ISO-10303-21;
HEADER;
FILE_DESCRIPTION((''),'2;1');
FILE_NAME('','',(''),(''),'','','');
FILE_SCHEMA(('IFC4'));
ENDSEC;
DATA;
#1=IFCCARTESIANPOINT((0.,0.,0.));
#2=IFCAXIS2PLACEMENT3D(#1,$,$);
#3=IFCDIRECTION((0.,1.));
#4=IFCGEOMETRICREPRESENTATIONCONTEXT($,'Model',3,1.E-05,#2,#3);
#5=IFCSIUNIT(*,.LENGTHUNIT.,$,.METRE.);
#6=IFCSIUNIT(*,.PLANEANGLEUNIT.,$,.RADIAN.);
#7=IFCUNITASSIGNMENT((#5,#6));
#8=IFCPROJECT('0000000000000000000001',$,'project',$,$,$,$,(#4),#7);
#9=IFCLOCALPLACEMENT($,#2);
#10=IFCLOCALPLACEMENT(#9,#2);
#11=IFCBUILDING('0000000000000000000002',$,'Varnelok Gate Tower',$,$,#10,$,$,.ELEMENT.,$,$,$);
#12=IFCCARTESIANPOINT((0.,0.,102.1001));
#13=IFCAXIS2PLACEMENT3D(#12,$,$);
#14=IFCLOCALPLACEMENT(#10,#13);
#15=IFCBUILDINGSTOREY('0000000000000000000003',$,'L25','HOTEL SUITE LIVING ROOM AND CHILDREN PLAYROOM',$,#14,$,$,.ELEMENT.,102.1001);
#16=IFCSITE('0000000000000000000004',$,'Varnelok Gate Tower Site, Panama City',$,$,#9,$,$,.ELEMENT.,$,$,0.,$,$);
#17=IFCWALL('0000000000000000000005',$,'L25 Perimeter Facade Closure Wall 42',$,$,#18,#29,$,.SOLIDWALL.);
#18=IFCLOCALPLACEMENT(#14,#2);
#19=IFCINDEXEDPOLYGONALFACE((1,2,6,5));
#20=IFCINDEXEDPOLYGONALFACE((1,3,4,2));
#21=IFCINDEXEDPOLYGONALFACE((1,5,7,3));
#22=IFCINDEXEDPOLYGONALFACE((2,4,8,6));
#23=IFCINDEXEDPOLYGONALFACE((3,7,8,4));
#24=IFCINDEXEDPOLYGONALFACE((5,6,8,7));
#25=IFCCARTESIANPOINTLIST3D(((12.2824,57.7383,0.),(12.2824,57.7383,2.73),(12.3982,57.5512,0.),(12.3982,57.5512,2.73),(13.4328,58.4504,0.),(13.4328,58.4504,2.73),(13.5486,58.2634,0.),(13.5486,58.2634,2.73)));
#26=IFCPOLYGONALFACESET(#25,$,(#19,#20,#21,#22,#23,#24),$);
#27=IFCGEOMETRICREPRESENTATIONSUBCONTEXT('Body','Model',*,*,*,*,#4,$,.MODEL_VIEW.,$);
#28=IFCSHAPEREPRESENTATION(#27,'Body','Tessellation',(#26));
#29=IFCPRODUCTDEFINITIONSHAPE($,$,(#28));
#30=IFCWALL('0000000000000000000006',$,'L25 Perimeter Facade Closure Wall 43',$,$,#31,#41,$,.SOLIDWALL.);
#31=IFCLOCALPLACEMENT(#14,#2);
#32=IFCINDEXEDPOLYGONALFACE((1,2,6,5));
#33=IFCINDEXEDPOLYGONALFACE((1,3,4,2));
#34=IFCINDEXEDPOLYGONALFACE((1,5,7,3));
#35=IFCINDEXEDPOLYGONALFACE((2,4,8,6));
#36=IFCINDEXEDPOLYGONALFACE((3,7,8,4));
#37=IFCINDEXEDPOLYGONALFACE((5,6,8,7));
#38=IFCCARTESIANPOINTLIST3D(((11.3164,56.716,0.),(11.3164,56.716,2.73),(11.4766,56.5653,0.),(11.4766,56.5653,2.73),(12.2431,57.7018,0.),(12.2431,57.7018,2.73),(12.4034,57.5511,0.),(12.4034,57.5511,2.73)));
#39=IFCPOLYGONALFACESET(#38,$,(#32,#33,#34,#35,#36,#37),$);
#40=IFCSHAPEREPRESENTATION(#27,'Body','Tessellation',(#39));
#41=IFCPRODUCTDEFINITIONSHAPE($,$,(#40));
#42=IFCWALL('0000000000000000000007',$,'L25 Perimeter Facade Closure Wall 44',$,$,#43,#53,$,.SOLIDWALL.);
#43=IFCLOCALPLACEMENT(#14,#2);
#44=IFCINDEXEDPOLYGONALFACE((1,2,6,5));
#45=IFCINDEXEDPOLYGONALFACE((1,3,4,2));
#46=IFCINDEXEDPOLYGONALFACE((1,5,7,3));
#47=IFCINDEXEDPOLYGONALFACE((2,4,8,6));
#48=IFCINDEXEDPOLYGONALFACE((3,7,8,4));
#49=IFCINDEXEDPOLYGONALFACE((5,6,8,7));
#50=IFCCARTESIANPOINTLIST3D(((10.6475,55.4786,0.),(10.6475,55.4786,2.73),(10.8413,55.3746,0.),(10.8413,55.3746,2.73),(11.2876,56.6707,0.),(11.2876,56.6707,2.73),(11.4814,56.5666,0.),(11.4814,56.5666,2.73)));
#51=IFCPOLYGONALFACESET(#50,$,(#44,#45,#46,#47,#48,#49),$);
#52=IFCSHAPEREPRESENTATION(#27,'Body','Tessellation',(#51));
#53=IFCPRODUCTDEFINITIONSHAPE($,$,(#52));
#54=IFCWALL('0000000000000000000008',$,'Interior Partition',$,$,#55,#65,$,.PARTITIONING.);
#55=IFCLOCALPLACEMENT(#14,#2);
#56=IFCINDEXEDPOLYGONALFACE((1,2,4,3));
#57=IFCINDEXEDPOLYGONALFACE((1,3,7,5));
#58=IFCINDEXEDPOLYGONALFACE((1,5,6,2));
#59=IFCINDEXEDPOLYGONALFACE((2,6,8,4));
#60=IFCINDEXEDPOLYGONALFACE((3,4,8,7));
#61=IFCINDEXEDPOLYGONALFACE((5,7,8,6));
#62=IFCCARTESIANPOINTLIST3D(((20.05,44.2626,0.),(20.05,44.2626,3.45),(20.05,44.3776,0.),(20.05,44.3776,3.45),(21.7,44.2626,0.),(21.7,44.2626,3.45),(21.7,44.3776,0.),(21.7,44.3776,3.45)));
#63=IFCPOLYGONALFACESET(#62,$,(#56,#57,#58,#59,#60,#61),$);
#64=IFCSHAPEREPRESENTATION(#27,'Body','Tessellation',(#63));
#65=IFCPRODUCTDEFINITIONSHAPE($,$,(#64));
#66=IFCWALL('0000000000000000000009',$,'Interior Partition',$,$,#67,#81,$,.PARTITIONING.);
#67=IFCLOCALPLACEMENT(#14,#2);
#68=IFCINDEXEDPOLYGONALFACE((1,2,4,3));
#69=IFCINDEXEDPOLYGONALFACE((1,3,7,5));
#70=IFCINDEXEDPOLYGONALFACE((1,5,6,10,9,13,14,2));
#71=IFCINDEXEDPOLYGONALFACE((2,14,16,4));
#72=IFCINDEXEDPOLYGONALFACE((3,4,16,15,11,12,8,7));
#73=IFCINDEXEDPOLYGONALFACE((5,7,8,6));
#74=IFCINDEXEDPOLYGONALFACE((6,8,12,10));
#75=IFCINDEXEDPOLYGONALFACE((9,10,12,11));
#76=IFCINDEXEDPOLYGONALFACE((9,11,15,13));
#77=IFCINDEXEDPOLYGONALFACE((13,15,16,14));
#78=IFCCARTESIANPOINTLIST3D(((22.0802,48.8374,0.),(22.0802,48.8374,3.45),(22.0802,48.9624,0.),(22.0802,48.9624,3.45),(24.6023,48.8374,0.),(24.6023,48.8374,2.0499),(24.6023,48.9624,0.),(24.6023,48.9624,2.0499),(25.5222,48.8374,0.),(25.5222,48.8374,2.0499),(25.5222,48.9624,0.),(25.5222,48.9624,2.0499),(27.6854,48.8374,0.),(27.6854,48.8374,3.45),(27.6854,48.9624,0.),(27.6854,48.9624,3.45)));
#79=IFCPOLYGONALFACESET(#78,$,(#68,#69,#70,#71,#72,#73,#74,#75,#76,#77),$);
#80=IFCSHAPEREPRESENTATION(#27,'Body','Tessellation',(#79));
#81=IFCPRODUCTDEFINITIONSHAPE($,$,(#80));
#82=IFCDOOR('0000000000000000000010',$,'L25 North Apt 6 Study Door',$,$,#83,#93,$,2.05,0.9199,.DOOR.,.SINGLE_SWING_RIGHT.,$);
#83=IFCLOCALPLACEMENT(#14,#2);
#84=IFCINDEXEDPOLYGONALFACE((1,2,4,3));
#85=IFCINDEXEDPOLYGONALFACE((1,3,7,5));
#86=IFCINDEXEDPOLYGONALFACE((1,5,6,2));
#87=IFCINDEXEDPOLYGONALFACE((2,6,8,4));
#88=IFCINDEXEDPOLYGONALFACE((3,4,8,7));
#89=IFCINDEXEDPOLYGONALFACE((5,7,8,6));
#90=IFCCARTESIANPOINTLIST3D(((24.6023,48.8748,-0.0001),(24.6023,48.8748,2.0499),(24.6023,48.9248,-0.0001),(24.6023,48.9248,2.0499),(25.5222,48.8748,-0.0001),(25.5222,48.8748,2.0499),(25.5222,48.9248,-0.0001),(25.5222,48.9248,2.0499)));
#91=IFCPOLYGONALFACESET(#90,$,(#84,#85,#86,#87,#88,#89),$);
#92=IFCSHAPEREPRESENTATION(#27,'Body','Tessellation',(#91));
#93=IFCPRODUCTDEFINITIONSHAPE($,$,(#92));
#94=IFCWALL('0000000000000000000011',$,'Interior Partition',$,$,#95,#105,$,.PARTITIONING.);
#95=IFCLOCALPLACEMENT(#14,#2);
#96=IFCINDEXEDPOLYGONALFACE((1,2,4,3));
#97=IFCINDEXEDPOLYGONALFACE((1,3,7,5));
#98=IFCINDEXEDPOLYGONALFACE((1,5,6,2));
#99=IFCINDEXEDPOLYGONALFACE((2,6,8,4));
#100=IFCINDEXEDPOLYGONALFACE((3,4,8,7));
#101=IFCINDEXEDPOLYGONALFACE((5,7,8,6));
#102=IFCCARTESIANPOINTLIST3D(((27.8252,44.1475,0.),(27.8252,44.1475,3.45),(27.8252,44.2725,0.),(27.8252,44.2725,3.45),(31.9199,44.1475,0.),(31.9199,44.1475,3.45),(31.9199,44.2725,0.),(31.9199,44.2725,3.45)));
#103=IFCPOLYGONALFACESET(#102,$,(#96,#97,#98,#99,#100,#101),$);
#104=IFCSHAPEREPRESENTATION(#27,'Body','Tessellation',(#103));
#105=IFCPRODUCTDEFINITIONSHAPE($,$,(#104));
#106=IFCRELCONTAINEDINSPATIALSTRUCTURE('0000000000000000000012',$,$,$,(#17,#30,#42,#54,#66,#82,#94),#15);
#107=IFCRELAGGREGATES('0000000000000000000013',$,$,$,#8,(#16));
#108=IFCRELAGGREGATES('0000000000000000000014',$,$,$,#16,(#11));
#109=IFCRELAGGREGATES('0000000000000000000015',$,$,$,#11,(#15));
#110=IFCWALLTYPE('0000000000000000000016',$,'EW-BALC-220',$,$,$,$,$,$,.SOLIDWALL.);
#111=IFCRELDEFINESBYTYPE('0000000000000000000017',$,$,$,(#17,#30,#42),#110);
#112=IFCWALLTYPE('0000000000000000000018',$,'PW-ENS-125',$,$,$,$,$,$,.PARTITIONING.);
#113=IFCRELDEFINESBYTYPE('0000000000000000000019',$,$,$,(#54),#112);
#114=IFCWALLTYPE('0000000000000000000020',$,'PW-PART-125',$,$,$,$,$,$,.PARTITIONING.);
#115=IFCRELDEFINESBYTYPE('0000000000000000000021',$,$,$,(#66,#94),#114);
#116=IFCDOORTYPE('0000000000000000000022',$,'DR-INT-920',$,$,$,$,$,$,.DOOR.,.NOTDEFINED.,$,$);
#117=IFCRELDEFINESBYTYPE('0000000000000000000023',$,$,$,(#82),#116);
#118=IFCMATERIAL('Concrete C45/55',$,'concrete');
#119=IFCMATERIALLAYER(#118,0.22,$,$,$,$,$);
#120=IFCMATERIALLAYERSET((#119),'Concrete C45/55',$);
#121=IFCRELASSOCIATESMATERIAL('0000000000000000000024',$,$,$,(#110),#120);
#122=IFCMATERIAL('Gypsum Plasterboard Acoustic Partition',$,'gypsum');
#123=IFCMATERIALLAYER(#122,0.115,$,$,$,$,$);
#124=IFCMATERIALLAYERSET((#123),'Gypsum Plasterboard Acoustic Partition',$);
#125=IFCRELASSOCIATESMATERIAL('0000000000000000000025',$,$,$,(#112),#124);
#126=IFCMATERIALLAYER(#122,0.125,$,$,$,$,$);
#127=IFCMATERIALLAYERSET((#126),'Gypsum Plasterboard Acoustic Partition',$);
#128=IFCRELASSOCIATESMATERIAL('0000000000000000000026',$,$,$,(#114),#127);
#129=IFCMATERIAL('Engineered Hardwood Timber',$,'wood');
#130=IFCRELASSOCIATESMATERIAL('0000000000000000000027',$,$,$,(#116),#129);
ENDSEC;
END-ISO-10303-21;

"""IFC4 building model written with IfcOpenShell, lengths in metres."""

from ifc_helpers import new_model, si_unit, direction, frame, frame_2d, origin, place, context, subcontext, project, spatial, rectangle, extrude, material, layer, layer_set, type_object, element, fill, save


model = new_model("IFC4")

# Units and contexts
model_context = context("Model", 3, precision=1e-05, world=origin(), true_north=direction((0.0, 1.0)))
body_context = subcontext(model_context, "Body", "Model", "MODEL_VIEW")
ifc_project = project(units=[si_unit("LENGTHUNIT", "METRE"), si_unit("PLANEANGLEUNIT", "RADIAN")], contexts=[model_context])

# Site, building, storey
site_placement = place(None, origin())
site = spatial("IfcSite", under=ifc_project, at=site_placement, Name="Varnelok Gate Tower Site, Panama City", CompositionType="ELEMENT", RefElevation=0.0)
building_placement = place(site_placement, origin())
building = spatial("IfcBuilding", under=site, at=building_placement, Name="Varnelok Gate Tower", CompositionType="ELEMENT")
storey_placement = place(building_placement, frame((0.0, 0.0, 102.1001)))
storey = spatial("IfcBuildingStorey", under=building, at=storey_placement, Name="L25", Description="HOTEL SUITE LIVING ROOM AND CHILDREN PLAYROOM", CompositionType="ELEMENT", Elevation=102.1001)

# Walls
ifc_material_1 = material(Name="Concrete C45/55", Category="concrete")
ifc_layer_1 = layer(ifc_material_1, 0.22)
ifc_layer_set_1 = layer_set([ifc_layer_1], Name="Concrete C45/55")
wall_type_1 = type_object("IfcWallType", Name="EW-BALC-220", PredefinedType="SOLIDWALL", material=ifc_layer_set_1)
for number, where, z_axis, x_axis, name in (
    (1, (13.4907, 58.3569, 0.0), (0.0, 0.0, 1.0), (-0.850261, -0.526361, 0.0), "L25 Perimeter Facade Closure Wall 42"),
    (2, (12.3232, 57.6265, 0.0), (0.0, 0.0, 1.0), (-0.684937, -0.728602, 0.0), "L25 Perimeter Facade Closure Wall 43"),
    (3, (11.3845, 56.6187, 0.0), (0.0, 0.0, 1.0), (-0.473077, -0.881021, 0.0), "L25 Perimeter Facade Closure Wall 44"),
):
    element("IfcWall", number, at=place(storey_placement, frame(where, z_axis=z_axis, x_axis=x_axis)), inside=storey, type_object=wall_type_1, Name=name, PredefinedType="SOLIDWALL", context=body_context, shape_type="SweptSolid", body=[
        extrude(rectangle(XDim=1.353, YDim=0.22, at=frame_2d((0.6765, 0.0))), origin(), (0.0, 0.0, 1.0), 2.73),
    ])
ifc_material_2 = material(Name="Gypsum Plasterboard Acoustic Partition", Category="gypsum")
ifc_layer_2 = layer(ifc_material_2, 0.115)
ifc_layer_set_2 = layer_set([ifc_layer_2], Name="Gypsum Plasterboard Acoustic Partition")
wall_type_2 = type_object("IfcWallType", Name="PW-ENS-125", PredefinedType="PARTITIONING", material=ifc_layer_set_2)
wall_1_placement = place(storey_placement, frame((20.05, 44.3201, 0.0), z_axis=(0.0, 0.0, 1.0), x_axis=(1.0, 0.0, 0.0)))
element("IfcWall", 4, at=wall_1_placement, inside=storey, type_object=wall_type_2, Name="Interior Partition", PredefinedType="PARTITIONING", context=body_context, shape_type="SweptSolid", body=[
    extrude(rectangle(XDim=1.6499, YDim=0.115, at=frame_2d((0.825, 0.0))), origin(), (0.0, 0.0, 1.0), 3.45),
])

# Wall, opening, door
ifc_layer_3 = layer(ifc_material_2, 0.125)
ifc_layer_set_3 = layer_set([ifc_layer_3], Name="Gypsum Plasterboard Acoustic Partition")
wall_type_3 = type_object("IfcWallType", Name="PW-PART-125", PredefinedType="PARTITIONING", material=ifc_layer_set_3)
wall_2_placement = place(storey_placement, frame((22.0801, 48.8999, 0.0), z_axis=(0.0, 0.0, 1.0), x_axis=(1.0, 0.0, 0.0)))
wall_2 = element("IfcWall", 5, at=wall_2_placement, inside=storey, type_object=wall_type_3, Name="Interior Partition", PredefinedType="PARTITIONING", context=body_context, shape_type="SweptSolid", body=[
    extrude(rectangle(XDim=5.6052, YDim=0.125, at=frame_2d((2.8027, 0.0))), origin(), (0.0, 0.0, 1.0), 3.45),
])
opening_placement = place(wall_2_placement, frame((2.5222, 0.0, 0.0)))
opening = element("IfcOpeningElement", 6, at=opening_placement, cuts=wall_2, PredefinedType="OPENING", context=body_context, shape_type="SweptSolid", body=[
    extrude(rectangle(XDim=0.9199, YDim=2.05, at=frame_2d((0.46, 1.0249))), frame((0.0, 0.0725, 0.0), z_axis=(0.0, -1.0, 0.0), x_axis=(1.0, 0.0, 0.0)), (0.0, 0.0, 1.0), 0.145),
])
ifc_material_3 = material(Name="Engineered Hardwood Timber", Category="wood")
door_type = type_object("IfcDoorType", Name="DR-INT-920", OperationType="NOTDEFINED", PredefinedType="DOOR", material=ifc_material_3)
door_placement = place(opening_placement, origin())
door = element("IfcDoor", 7, at=door_placement, inside=storey, type_object=door_type, Name="L25 North Apt 6 Study Door", OperationType="SINGLE_SWING_RIGHT", OverallHeight=2.05, OverallWidth=0.9199, PredefinedType="DOOR", context=body_context, shape_type="SweptSolid", body=[
    extrude(rectangle(XDim=0.9199, YDim=2.05, at=frame_2d((0.46, 1.0249))), frame((0.0, 0.0249, 0.0), z_axis=(0.0, -1.0, 0.0), x_axis=(1.0, 0.0, 0.0)), (0.0, 0.0, 1.0), 0.05),
])
fill(opening, door)

# Wall
wall_3_placement = place(storey_placement, frame((27.8252, 44.21, 0.0), z_axis=(0.0, 0.0, 1.0), x_axis=(1.0, 0.0, 0.0)))
element("IfcWall", 8, at=wall_3_placement, inside=storey, type_object=wall_type_3, Name="Interior Partition", PredefinedType="PARTITIONING", context=body_context, shape_type="SweptSolid", body=[
    extrude(rectangle(XDim=4.0947, YDim=0.125, at=frame_2d((2.0474, 0.0))), origin(), (0.0, 0.0, 1.0), 3.45),
])

save(model, "model.ifc")
